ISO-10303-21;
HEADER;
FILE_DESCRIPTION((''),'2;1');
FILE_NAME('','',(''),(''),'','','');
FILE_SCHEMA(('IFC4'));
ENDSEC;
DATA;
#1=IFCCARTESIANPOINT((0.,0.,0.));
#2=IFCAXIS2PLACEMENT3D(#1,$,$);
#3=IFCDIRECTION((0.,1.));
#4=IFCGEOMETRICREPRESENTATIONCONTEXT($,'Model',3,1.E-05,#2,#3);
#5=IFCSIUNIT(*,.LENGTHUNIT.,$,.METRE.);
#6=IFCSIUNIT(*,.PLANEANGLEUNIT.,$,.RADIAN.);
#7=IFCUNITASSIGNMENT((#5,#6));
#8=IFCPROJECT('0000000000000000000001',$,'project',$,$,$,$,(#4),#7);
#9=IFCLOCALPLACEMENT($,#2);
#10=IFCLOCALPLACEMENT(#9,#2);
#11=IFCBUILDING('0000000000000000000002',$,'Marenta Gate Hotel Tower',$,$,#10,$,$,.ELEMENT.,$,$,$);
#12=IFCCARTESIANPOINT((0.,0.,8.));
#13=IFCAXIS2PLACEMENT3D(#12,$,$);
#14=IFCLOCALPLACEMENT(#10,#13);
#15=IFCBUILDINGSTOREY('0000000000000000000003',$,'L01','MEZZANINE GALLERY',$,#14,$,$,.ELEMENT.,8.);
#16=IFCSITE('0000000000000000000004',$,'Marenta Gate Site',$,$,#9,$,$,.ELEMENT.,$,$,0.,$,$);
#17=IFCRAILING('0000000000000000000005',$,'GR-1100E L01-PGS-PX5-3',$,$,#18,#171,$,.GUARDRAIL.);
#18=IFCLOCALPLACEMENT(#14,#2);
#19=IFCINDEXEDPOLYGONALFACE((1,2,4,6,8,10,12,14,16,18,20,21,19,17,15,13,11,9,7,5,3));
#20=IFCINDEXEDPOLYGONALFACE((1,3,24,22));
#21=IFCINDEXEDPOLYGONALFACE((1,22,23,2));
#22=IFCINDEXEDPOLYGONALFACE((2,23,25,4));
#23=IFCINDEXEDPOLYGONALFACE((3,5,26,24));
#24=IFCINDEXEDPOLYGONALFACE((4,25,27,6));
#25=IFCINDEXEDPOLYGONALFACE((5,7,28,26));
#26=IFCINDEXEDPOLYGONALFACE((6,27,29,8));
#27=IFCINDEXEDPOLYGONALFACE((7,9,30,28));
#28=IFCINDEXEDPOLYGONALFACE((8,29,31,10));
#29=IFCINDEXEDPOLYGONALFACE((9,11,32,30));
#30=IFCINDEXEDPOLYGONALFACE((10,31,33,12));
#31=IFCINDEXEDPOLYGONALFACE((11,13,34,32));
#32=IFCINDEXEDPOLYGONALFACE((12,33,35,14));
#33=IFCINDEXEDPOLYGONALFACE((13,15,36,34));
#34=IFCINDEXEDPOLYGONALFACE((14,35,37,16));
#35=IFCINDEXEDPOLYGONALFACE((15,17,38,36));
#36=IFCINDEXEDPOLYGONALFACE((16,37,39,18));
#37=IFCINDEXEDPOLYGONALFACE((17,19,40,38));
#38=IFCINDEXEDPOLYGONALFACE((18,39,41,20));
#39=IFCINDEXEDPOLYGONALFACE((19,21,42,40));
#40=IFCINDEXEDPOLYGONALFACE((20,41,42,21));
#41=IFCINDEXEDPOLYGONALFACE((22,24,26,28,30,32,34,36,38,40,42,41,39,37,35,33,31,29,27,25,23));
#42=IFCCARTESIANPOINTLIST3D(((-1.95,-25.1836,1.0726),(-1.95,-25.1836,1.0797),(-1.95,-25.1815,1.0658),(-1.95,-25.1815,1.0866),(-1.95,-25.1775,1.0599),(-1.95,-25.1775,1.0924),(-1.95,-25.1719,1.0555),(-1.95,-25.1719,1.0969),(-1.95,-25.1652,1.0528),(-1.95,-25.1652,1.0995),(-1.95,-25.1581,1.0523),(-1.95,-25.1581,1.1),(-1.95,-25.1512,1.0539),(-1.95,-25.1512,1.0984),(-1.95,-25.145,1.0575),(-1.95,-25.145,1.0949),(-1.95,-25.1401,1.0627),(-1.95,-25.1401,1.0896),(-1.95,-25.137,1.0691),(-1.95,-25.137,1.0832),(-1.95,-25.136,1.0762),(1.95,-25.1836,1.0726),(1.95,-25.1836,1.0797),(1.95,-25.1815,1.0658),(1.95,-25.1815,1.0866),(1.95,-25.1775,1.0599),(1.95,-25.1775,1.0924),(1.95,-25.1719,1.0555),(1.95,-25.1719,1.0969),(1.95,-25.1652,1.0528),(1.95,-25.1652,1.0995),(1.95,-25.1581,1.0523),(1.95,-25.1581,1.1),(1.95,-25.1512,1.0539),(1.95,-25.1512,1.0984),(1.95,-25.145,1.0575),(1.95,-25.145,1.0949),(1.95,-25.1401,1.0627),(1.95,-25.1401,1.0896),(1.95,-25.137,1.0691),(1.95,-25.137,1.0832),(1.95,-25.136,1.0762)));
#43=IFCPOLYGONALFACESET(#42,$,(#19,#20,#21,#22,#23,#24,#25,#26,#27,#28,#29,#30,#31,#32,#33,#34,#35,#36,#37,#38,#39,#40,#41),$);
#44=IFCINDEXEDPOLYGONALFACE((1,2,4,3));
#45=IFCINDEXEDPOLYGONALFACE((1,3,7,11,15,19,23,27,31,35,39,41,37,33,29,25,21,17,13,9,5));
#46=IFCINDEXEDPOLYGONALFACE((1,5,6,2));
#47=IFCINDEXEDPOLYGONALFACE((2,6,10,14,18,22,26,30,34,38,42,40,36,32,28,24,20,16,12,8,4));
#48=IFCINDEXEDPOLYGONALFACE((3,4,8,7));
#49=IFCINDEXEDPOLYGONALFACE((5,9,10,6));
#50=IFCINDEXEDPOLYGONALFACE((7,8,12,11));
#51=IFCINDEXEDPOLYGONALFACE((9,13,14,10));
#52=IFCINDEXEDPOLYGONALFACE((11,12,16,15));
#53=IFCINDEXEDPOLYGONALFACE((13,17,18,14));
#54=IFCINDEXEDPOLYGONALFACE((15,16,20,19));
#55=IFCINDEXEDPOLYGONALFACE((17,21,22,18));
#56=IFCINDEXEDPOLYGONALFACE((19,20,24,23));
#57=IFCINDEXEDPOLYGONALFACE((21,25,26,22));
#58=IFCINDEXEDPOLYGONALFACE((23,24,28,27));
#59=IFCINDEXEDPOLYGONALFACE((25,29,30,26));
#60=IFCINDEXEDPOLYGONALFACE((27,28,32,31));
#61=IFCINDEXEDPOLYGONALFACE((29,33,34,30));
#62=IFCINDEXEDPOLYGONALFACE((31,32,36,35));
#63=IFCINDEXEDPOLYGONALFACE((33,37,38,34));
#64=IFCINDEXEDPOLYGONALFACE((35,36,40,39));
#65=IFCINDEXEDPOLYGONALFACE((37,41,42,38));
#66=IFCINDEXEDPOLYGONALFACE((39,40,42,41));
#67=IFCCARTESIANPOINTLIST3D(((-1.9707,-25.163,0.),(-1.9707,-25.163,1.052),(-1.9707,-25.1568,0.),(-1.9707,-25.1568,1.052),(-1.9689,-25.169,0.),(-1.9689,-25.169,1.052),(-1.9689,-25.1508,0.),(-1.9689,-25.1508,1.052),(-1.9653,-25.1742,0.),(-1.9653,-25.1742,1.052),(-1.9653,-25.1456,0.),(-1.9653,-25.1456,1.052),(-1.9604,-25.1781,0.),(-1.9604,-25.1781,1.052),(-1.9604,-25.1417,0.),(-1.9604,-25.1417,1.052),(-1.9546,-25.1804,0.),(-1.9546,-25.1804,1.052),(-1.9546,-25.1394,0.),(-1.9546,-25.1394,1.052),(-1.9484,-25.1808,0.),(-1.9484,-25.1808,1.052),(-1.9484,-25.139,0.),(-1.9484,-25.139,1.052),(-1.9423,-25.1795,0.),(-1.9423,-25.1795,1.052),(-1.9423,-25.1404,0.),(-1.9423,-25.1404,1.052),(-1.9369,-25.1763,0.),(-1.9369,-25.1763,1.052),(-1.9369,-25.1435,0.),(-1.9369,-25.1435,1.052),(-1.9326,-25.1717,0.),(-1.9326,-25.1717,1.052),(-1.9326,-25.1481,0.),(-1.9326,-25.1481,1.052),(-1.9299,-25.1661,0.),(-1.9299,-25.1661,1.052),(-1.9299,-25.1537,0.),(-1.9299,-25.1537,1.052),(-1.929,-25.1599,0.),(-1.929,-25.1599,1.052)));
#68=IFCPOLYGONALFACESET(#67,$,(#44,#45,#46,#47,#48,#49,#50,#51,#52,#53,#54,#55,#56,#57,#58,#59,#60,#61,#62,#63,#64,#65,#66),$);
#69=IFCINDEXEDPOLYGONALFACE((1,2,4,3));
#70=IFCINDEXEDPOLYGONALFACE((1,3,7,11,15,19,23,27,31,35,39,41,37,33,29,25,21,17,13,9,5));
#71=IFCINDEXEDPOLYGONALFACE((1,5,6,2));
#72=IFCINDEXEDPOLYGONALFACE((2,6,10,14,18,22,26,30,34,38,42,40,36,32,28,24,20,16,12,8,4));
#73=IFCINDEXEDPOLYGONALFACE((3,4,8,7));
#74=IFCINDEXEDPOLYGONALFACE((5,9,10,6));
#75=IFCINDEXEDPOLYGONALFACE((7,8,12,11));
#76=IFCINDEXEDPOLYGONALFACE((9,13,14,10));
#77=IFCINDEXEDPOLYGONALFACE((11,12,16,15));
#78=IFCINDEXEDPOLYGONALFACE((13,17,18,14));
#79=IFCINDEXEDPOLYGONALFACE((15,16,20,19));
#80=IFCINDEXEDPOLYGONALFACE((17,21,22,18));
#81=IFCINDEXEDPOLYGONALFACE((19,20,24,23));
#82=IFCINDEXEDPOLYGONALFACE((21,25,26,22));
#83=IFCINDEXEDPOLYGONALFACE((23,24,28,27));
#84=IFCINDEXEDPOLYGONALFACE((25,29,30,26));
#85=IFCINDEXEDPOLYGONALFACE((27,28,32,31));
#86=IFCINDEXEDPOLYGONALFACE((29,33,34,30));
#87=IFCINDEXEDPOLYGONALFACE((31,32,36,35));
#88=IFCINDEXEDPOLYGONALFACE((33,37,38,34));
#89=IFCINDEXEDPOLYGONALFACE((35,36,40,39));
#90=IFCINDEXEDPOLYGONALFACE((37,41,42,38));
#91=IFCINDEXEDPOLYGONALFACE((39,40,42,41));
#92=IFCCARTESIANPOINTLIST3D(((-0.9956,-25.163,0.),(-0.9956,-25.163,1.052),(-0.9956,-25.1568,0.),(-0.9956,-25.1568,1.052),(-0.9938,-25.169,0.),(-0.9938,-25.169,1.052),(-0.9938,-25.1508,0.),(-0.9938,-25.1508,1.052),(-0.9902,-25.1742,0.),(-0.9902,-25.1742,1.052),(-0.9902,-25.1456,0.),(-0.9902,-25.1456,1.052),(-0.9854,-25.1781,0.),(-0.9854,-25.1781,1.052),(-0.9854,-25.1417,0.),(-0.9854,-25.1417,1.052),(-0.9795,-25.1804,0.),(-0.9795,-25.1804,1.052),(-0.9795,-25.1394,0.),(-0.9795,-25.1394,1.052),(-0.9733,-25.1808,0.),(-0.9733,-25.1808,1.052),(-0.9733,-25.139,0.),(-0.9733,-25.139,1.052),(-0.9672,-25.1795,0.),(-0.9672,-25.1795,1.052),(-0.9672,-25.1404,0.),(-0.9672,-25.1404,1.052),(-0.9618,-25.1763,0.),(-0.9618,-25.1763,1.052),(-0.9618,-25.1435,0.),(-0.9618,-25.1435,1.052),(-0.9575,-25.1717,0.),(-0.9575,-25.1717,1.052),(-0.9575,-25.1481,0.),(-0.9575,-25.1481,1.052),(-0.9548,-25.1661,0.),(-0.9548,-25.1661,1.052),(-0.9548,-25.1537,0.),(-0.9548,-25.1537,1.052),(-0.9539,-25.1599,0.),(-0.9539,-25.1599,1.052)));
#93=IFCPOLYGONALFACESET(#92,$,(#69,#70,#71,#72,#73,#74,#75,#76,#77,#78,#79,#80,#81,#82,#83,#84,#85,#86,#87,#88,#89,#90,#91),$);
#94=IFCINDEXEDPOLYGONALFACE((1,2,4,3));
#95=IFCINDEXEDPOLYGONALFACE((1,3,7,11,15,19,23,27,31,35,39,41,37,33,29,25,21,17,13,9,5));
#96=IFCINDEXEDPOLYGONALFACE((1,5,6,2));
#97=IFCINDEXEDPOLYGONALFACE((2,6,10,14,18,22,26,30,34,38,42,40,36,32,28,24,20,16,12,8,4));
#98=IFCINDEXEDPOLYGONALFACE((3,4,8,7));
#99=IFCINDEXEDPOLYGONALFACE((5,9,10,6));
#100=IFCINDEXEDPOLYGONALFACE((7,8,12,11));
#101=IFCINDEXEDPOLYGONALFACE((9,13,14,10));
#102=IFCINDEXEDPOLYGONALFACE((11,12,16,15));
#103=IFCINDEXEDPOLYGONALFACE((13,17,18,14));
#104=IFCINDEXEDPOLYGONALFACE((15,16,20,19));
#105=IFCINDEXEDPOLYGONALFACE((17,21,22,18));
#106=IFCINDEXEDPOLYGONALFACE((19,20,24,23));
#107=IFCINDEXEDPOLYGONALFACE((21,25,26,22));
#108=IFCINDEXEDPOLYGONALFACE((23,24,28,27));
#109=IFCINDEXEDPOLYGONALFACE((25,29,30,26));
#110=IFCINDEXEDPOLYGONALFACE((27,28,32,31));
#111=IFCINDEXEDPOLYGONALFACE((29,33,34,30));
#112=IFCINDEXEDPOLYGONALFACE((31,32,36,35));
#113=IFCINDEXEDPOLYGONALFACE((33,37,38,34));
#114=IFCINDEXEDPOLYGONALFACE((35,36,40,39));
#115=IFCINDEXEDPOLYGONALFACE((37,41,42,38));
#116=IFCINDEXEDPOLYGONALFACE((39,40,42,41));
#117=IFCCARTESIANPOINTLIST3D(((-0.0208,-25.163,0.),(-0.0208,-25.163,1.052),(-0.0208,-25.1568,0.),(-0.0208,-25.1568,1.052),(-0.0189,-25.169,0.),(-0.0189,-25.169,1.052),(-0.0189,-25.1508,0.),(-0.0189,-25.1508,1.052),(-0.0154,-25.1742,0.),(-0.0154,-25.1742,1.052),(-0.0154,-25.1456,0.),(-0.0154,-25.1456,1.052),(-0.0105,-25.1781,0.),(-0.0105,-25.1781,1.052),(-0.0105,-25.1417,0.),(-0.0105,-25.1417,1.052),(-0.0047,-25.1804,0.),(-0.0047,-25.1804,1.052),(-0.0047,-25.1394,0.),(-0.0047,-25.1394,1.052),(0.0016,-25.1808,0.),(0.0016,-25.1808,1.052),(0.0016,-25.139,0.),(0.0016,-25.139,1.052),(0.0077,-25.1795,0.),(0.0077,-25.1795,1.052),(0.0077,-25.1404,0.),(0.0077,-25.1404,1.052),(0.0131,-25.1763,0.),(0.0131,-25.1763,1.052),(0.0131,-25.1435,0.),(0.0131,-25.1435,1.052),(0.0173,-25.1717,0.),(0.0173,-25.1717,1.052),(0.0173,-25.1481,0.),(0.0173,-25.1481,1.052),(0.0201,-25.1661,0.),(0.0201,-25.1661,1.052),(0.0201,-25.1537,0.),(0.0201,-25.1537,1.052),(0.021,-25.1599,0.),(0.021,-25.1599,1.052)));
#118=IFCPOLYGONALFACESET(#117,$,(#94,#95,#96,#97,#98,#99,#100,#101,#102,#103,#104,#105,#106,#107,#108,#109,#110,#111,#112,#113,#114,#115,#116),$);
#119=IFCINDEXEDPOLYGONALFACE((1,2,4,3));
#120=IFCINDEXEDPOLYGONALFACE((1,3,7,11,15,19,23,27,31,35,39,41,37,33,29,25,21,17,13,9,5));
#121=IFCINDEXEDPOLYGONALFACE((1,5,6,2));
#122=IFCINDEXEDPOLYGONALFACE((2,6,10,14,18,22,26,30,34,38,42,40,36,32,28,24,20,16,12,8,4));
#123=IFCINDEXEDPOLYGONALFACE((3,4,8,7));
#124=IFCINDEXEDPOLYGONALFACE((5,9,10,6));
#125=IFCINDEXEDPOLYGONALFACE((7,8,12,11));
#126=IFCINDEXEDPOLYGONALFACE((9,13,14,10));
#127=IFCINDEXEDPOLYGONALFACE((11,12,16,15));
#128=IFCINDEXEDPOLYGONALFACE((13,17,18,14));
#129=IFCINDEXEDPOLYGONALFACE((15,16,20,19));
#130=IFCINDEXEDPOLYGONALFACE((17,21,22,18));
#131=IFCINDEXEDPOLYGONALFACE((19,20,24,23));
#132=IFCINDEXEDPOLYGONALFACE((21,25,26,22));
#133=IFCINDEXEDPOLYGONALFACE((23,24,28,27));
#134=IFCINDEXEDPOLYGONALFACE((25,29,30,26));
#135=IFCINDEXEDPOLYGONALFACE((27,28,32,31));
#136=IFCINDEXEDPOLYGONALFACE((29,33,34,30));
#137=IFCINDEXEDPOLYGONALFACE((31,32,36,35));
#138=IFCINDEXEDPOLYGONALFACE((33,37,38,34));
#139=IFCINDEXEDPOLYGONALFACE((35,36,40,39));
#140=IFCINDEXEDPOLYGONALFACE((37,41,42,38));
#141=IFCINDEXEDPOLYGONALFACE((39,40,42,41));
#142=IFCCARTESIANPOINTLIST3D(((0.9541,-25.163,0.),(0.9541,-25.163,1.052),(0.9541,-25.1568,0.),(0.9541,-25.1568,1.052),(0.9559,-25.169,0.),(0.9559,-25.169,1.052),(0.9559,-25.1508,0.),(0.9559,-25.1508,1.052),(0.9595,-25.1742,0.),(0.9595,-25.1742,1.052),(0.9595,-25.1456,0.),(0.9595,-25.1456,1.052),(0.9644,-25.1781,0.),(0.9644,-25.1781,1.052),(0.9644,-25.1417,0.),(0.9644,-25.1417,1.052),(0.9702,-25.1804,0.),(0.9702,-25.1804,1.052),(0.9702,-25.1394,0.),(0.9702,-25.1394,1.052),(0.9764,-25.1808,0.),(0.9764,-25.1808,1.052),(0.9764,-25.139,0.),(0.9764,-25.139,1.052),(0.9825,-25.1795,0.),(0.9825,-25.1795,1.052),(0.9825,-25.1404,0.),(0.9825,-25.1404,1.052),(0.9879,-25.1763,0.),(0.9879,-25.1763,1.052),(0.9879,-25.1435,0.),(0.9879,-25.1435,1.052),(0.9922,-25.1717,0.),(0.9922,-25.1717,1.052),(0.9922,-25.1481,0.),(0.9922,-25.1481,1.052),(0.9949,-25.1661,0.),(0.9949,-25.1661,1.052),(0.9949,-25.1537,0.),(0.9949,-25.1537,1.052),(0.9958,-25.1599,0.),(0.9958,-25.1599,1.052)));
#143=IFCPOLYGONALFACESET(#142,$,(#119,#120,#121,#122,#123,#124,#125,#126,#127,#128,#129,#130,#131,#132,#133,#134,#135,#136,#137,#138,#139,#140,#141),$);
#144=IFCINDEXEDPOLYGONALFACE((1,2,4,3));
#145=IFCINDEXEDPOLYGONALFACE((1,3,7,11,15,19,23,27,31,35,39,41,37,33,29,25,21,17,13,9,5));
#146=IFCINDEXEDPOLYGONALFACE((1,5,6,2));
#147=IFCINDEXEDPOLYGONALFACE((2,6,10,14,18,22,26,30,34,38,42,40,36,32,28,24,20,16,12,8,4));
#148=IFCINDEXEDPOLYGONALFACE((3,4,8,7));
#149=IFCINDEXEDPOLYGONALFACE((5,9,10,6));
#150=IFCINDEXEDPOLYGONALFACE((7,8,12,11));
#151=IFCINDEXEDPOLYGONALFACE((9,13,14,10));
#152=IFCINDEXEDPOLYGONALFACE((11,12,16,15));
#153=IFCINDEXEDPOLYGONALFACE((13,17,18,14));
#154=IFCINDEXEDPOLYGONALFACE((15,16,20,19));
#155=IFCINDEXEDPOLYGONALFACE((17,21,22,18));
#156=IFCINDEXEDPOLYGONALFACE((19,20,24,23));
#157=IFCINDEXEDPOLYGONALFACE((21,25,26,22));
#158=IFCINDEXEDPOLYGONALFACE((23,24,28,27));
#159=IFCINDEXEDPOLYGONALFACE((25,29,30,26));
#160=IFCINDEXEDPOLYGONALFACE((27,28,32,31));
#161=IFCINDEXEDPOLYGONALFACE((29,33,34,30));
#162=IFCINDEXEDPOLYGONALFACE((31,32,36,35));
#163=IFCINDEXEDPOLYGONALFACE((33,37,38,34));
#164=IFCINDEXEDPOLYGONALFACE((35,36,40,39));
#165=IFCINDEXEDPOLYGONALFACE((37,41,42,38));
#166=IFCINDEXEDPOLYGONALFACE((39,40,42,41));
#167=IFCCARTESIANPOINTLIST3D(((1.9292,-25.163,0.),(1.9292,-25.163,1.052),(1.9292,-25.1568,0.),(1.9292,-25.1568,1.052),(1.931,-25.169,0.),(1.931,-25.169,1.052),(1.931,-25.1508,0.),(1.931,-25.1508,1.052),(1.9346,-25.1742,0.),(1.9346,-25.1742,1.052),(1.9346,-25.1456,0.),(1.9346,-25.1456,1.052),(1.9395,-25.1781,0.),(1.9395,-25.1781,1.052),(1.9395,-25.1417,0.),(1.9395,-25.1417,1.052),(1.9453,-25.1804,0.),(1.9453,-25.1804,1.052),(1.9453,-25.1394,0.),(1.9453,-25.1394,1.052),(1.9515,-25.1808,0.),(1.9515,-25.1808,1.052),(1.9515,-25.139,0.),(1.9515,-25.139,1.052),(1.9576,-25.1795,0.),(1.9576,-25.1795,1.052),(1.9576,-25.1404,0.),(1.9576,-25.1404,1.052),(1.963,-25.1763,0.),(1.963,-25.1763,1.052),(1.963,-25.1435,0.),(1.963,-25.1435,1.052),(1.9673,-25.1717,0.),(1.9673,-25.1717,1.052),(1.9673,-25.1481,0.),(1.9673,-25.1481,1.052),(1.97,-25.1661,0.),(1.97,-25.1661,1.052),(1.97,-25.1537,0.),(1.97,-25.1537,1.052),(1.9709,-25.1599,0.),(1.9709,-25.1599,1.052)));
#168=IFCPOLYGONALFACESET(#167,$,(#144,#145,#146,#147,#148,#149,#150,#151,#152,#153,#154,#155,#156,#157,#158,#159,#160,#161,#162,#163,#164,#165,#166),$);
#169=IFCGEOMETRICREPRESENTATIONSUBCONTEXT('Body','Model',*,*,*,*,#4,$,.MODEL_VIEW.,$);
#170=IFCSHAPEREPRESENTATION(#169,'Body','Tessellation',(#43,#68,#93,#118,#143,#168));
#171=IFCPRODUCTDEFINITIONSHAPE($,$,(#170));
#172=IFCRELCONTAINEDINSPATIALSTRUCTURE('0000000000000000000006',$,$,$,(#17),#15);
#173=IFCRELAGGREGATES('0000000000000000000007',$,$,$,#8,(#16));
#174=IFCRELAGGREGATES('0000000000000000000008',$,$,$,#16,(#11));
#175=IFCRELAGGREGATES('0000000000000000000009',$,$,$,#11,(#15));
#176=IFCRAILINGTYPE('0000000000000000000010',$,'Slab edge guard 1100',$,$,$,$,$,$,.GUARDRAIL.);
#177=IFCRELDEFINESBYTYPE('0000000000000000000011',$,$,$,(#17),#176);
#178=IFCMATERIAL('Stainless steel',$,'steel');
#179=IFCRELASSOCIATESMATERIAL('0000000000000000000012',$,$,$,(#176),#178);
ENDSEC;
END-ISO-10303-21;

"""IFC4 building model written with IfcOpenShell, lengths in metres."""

from ifc_helpers import new_model, si_unit, direction, frame, origin, origin_2d, place, context, subcontext, project, spatial, circle, extrude, material, type_object, element, save


model = new_model("IFC4")

# Units and contexts
model_context = context("Model", 3, precision=1e-05, world=origin(), true_north=direction((0.0, 1.0)))
body_context = subcontext(model_context, "Body", "Model", "MODEL_VIEW")
ifc_project = project(units=[si_unit("LENGTHUNIT", "METRE"), si_unit("PLANEANGLEUNIT", "RADIAN")], contexts=[model_context])

# Site, building, storey
site_placement = place(None, origin())
site = spatial("IfcSite", under=ifc_project, at=site_placement, Name="Marenta Gate Site", CompositionType="ELEMENT", RefElevation=0.0)
building_placement = place(site_placement, origin())
building = spatial("IfcBuilding", under=site, at=building_placement, Name="Marenta Gate Hotel Tower", CompositionType="ELEMENT")
storey_placement = place(building_placement, frame((0.0, 0.0, 8.0)))
storey = spatial("IfcBuildingStorey", under=building, at=storey_placement, Name="L01", Description="MEZZANINE GALLERY", CompositionType="ELEMENT", Elevation=8.0)

# Railing
ifc_material_1 = material(Name="Stainless steel", Category="steel")
railing_type_1 = type_object("IfcRailingType", Name="Slab edge guard 1100", PredefinedType="GUARDRAIL", material=ifc_material_1)
railing_1_placement = place(storey_placement, frame((-1.95, -25.1599, 0.0)))
element("IfcRailing", 1, at=railing_1_placement, inside=storey, type_object=railing_type_1, Name="GR-1100E L01-PGS-PX5-3", PredefinedType="GUARDRAIL", context=body_context, shape_type="SweptSolid", body=[
    extrude(circle(Radius=0.0239, at=origin_2d()), frame((0.0, 0.0, 1.0762), z_axis=(1.0, 0.0, 0.0), x_axis=(0.0, 1.0, 0.0)), (0.0, 0.0, 1.0), 3.8999),
    extrude(circle(Radius=0.021, at=origin_2d()), origin(), (0.0, 0.0, 1.0), 1.052),
    extrude(circle(Radius=0.021, at=origin_2d()), frame((0.9751, 0.0, 0.0)), (0.0, 0.0, 1.0), 1.052),
    extrude(circle(Radius=0.021, at=origin_2d()), frame((1.95, 0.0, 0.0)), (0.0, 0.0, 1.0), 1.052),
    extrude(circle(Radius=0.021, at=origin_2d()), frame((2.9248, 0.0, 0.0)), (0.0, 0.0, 1.0), 1.052),
    extrude(circle(Radius=0.021, at=origin_2d()), frame((3.8999, 0.0, 0.0)), (0.0, 0.0, 1.0), 1.052),
])

save(model, "model.ifc")
